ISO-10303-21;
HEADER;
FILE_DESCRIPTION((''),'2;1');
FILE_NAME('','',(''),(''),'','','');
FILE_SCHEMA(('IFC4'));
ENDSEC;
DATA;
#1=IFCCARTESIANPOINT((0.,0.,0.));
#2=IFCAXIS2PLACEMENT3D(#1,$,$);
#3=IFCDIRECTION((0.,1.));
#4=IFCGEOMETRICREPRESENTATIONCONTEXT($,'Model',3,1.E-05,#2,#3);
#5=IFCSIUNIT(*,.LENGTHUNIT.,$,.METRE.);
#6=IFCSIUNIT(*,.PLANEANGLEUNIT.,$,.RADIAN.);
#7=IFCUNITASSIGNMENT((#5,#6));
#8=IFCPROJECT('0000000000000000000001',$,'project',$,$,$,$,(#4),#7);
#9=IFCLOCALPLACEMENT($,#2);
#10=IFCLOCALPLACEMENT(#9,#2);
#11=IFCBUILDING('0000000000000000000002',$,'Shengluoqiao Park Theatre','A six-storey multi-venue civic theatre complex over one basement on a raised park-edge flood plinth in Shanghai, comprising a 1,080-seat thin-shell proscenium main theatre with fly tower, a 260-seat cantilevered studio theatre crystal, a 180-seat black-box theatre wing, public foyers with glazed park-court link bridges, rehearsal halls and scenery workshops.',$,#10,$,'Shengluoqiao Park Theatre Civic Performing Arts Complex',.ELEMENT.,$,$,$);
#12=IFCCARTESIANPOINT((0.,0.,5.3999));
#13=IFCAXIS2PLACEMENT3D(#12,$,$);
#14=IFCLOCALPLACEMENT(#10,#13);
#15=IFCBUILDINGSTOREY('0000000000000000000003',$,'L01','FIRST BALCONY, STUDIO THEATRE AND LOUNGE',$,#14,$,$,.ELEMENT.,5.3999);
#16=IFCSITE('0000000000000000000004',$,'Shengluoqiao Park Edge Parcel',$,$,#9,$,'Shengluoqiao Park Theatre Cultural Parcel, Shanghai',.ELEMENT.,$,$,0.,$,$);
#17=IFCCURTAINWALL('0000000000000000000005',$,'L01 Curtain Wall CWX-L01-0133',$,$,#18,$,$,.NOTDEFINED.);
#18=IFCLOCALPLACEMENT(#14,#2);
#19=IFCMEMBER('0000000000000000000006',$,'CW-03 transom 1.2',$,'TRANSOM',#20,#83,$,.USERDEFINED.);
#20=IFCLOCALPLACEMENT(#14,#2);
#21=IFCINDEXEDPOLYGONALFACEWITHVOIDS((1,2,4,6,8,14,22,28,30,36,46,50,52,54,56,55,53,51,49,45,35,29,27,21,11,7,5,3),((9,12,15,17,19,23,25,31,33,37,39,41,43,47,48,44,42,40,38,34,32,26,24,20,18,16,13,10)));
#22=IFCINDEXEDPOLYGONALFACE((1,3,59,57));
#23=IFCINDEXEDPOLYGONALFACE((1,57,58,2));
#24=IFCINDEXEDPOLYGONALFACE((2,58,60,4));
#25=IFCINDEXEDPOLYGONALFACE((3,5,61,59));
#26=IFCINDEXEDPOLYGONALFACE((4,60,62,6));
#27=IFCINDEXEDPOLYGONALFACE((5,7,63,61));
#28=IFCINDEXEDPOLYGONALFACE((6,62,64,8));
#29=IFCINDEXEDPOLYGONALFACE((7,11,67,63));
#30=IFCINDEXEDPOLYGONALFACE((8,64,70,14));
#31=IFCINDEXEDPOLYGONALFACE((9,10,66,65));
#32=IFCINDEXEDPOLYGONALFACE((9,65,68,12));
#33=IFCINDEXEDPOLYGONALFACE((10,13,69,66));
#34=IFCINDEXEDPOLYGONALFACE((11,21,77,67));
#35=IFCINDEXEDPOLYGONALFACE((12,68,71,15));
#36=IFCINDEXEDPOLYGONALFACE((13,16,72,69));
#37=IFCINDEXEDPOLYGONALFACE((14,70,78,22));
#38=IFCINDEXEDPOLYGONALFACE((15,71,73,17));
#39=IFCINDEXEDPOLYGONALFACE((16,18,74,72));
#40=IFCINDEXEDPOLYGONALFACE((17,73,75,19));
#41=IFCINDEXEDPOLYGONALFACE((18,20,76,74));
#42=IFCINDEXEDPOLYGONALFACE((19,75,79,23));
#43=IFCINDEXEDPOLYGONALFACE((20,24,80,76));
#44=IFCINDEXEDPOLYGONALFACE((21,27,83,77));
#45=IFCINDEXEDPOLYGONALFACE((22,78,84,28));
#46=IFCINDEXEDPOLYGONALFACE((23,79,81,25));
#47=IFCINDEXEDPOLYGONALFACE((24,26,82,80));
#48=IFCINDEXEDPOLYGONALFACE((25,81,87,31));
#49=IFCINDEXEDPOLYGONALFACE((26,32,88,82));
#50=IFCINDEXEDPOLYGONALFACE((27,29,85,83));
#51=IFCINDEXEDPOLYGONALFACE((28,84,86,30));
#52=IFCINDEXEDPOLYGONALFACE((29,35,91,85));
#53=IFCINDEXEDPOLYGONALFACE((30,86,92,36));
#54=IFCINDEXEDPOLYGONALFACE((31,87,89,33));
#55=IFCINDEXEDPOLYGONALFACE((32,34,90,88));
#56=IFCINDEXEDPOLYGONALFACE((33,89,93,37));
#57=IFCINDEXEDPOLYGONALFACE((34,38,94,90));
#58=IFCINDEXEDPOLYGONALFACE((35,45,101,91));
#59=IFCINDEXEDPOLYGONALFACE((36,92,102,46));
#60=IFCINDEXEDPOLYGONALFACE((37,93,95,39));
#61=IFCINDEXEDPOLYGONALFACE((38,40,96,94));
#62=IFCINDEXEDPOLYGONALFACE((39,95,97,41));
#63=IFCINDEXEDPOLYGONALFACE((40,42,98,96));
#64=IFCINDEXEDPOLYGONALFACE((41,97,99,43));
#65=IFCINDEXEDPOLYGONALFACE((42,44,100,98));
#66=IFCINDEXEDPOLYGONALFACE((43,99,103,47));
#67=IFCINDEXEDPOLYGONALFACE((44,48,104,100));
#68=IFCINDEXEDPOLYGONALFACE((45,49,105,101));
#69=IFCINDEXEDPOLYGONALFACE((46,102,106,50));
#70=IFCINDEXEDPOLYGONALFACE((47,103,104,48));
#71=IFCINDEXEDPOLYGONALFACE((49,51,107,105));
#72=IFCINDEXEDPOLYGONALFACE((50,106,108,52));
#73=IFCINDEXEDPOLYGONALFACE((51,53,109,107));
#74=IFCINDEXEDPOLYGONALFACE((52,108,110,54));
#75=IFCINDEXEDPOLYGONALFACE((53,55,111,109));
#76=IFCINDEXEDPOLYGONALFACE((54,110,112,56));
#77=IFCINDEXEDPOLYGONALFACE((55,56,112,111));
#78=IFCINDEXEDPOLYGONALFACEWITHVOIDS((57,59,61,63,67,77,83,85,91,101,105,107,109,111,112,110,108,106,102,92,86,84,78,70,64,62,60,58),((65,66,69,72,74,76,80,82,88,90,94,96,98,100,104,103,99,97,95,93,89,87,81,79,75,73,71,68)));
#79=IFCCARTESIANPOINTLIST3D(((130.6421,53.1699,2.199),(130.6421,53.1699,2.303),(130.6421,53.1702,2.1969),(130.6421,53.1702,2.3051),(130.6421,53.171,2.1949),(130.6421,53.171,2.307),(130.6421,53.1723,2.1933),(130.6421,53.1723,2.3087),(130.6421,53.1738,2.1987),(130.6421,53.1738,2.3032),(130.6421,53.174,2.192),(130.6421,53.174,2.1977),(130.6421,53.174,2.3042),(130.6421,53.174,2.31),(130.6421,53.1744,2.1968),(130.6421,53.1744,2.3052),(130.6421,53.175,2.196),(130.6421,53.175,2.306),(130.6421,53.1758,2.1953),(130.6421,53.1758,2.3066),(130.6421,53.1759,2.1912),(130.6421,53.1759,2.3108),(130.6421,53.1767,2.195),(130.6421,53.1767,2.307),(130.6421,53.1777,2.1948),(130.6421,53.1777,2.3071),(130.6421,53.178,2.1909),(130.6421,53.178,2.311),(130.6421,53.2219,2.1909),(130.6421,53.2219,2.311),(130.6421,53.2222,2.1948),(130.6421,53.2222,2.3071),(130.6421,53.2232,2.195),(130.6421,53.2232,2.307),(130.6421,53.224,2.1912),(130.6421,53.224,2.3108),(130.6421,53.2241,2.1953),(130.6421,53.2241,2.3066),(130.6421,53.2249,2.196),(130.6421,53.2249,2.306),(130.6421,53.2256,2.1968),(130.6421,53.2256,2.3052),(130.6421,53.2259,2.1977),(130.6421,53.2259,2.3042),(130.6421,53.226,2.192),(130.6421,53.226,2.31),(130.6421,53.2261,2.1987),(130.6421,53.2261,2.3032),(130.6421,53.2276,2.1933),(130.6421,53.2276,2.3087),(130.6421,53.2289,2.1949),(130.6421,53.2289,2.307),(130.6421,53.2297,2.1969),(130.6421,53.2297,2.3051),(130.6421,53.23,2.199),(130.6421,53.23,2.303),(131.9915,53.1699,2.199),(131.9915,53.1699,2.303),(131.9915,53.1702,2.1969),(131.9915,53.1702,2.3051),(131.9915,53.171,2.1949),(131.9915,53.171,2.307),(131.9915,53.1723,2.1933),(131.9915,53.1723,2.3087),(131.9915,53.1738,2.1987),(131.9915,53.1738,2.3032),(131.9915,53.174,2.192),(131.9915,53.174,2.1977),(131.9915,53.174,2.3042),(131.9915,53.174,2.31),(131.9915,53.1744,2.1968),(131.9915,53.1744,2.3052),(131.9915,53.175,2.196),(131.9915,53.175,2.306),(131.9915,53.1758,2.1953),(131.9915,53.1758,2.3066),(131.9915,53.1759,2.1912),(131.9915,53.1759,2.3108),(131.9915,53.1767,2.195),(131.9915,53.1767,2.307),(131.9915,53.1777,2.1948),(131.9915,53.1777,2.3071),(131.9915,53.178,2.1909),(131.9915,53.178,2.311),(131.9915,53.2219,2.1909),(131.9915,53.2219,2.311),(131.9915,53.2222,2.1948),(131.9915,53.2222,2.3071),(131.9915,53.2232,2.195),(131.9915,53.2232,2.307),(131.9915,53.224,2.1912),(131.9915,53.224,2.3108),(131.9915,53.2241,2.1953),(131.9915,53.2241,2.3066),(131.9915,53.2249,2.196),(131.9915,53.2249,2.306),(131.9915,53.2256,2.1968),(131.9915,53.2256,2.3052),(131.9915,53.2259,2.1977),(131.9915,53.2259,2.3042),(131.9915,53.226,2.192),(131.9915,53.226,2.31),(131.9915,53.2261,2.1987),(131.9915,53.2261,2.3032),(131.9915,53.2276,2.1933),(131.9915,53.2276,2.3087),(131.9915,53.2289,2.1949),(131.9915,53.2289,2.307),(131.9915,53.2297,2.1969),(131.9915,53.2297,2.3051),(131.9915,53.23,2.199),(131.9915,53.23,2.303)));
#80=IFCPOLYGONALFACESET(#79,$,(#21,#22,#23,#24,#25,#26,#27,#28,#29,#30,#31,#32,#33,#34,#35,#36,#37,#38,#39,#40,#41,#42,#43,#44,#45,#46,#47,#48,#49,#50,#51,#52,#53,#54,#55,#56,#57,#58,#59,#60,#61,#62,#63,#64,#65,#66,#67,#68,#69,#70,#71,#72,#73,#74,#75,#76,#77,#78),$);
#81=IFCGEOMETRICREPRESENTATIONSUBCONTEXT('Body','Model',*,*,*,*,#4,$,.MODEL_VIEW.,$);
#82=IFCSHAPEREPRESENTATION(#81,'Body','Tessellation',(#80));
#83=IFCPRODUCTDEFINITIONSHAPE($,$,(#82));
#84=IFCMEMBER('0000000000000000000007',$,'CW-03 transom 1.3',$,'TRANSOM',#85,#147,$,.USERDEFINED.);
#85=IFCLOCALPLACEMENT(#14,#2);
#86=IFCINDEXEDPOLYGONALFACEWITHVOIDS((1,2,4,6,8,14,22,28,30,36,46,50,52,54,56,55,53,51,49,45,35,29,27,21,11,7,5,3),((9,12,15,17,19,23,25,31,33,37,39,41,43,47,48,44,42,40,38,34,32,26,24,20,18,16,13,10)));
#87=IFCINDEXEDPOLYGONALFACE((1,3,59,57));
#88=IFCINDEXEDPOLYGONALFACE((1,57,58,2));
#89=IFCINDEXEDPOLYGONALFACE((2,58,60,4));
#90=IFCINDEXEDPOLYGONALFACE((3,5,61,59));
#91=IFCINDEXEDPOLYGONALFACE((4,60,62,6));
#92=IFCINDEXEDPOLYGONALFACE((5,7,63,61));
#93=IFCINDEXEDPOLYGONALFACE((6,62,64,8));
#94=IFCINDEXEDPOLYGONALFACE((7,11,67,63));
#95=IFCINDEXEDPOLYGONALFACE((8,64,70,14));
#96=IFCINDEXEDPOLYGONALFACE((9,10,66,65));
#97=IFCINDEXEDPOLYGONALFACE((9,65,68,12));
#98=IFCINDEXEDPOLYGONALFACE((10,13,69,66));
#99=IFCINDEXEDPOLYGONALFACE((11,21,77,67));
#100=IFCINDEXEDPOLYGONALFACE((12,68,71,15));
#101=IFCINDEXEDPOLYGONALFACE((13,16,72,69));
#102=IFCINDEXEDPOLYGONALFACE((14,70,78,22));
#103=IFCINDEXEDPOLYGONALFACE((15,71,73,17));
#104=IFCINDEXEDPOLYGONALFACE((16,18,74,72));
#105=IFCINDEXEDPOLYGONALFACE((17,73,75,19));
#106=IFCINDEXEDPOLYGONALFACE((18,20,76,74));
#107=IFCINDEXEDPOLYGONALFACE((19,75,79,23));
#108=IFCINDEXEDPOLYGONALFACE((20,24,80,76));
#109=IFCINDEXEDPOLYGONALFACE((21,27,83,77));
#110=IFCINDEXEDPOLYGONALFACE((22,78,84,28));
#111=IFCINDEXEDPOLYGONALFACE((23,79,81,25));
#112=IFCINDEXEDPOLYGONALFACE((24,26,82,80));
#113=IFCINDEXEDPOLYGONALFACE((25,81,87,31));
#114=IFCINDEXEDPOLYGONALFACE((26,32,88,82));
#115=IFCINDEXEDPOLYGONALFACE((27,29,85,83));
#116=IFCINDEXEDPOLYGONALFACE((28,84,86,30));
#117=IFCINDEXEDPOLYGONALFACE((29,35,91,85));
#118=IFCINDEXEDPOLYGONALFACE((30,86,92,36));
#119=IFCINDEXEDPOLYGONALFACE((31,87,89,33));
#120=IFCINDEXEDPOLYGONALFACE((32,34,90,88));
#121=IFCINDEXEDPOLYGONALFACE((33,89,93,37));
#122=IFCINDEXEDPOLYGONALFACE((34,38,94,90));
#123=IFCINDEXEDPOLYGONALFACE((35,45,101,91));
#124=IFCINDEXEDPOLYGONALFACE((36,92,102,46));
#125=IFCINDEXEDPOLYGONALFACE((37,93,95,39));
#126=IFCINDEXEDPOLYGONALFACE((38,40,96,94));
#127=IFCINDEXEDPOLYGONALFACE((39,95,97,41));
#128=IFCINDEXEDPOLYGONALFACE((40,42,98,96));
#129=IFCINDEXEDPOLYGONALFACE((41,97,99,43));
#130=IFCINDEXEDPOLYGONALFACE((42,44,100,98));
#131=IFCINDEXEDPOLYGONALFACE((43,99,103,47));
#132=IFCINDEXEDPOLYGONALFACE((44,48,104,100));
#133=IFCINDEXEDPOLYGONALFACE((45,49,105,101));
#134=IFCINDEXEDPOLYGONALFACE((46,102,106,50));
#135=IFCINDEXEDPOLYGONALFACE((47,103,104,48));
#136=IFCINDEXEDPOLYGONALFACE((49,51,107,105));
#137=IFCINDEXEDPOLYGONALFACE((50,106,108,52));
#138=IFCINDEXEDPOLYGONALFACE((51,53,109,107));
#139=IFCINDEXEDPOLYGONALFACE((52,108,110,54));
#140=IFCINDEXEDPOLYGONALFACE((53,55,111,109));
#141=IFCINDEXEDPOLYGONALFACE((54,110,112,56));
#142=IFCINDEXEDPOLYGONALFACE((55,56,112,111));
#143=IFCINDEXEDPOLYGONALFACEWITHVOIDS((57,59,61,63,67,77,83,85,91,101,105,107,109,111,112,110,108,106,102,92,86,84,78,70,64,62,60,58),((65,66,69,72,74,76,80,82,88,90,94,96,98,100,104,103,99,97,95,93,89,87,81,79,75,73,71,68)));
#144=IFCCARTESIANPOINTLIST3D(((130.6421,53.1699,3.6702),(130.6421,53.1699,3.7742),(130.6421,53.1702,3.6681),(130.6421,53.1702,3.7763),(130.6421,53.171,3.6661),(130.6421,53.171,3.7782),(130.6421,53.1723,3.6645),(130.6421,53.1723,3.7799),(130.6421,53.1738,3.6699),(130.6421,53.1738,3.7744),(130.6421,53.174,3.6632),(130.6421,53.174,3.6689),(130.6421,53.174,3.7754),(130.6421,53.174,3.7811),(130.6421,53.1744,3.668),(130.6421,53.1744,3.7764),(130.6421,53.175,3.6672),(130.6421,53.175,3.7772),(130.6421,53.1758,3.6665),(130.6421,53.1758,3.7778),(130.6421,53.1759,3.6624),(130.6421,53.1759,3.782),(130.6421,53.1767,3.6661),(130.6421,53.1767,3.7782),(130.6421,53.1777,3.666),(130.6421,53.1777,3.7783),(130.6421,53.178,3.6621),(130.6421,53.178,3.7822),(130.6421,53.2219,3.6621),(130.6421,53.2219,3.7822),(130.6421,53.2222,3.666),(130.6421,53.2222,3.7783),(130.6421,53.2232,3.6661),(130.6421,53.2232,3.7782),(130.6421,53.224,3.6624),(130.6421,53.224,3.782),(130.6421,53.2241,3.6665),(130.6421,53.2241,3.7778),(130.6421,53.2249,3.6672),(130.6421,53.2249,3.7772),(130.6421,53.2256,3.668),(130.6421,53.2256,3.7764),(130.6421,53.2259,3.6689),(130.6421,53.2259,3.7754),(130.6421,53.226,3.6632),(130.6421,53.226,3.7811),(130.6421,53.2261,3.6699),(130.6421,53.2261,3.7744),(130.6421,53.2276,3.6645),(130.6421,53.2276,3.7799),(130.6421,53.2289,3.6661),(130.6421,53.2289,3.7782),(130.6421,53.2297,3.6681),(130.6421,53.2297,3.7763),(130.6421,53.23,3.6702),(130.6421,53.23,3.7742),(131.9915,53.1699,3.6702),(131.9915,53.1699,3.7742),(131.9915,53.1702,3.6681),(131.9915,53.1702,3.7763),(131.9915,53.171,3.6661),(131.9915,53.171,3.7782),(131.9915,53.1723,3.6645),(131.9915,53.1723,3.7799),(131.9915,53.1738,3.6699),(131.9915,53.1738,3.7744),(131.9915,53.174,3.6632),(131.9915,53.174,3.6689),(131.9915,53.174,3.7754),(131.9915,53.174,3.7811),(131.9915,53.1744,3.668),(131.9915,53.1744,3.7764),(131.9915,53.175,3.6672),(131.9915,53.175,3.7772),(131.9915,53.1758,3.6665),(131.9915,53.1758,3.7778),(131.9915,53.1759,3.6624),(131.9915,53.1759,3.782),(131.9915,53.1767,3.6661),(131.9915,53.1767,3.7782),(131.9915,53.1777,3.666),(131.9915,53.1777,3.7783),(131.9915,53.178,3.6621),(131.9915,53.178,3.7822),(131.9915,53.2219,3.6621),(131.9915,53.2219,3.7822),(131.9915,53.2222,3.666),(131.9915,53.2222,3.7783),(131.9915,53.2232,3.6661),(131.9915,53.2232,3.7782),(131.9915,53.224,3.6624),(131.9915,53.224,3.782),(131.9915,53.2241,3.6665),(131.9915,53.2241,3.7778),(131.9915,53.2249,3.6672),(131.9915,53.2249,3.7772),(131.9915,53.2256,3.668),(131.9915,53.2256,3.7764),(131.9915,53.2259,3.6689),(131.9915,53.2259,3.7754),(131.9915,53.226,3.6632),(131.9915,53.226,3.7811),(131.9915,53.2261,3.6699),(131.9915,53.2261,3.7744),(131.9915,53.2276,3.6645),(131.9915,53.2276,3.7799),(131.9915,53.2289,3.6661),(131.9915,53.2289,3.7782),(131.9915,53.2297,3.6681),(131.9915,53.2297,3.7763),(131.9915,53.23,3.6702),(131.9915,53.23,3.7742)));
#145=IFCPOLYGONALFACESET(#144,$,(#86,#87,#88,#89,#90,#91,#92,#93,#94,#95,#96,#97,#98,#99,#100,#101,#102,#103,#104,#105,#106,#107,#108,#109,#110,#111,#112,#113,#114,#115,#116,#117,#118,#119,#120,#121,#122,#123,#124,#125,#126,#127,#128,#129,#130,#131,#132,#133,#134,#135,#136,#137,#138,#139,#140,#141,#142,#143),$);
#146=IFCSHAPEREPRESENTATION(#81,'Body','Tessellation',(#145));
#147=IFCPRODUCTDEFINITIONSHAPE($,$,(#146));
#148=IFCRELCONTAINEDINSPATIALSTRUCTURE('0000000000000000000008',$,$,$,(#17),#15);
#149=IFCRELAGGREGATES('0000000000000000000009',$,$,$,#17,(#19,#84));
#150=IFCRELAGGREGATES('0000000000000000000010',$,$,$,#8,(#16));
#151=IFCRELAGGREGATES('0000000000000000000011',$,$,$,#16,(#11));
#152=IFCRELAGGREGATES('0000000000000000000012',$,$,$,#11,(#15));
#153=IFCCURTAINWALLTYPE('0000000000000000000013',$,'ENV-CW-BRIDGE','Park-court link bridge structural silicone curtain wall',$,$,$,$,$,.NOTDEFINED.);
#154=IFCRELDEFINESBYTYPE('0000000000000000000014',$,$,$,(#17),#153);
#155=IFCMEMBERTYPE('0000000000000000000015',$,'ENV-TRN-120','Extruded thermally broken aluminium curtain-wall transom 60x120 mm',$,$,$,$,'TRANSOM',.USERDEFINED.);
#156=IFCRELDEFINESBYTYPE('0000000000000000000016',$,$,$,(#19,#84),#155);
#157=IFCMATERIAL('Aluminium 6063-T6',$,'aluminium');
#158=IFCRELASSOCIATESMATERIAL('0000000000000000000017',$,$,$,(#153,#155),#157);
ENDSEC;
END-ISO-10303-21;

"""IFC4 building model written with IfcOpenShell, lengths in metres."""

from ifc_helpers import new_model, si_unit, direction, frame, origin, origin_2d, place, context, subcontext, project, spatial, hollow_rectangle, extrude, material, material_profile, profile_set, type_object, element, aggregate, save


model = new_model("IFC4")

# Units and contexts
model_context = context("Model", 3, precision=1e-05, world=origin(), true_north=direction((0.0, 1.0)))
body_context = subcontext(model_context, "Body", "Model", "MODEL_VIEW")
ifc_project = project(units=[si_unit("LENGTHUNIT", "METRE"), si_unit("PLANEANGLEUNIT", "RADIAN")], contexts=[model_context])

# Site, building, storey
site_placement = place(None, origin())
site = spatial("IfcSite", under=ifc_project, at=site_placement, Name="Shengluoqiao Park Edge Parcel", LongName="Shengluoqiao Park Theatre Cultural Parcel, Shanghai", CompositionType="ELEMENT", RefElevation=0.0)
building_placement = place(site_placement, origin())
building = spatial("IfcBuilding", under=site, at=building_placement, Name="Shengluoqiao Park Theatre", Description="A six-storey multi-venue civic theatre complex over one basement on a raised park-edge flood plinth in Shanghai, comprising a 1,080-seat thin-shell proscenium main theatre with fly tower, a 260-seat cantilevered studio theatre crystal, a 180-seat black-box theatre wing, public foyers with glazed park-court link bridges, rehearsal halls and scenery workshops.", LongName="Shengluoqiao Park Theatre Civic Performing Arts Complex", CompositionType="ELEMENT")
storey_placement = place(building_placement, frame((0.0, 0.0, 5.3999)))
storey = spatial("IfcBuildingStorey", under=building, at=storey_placement, Name="L01", Description="FIRST BALCONY, STUDIO THEATRE AND LOUNGE", CompositionType="ELEMENT", Elevation=5.3999)

# Shared definitions
ifc_material_1 = material(Name="Aluminium 6063-T6", Category="aluminium")
curtain_wall_type = type_object("IfcCurtainWallType", Name="ENV-CW-BRIDGE", Description="Park-court link bridge structural silicone curtain wall", PredefinedType="NOTDEFINED", material=ifc_material_1)

# Curtain wall, members
curtain_wall_1_placement = place(storey_placement, origin())
curtain_wall_1 = element("IfcCurtainWall", 1, at=curtain_wall_1_placement, inside=storey, type_object=curtain_wall_type, Name="L01 Curtain Wall CWX-L01-0133", PredefinedType="NOTDEFINED")
ifc_material_profile_1 = material_profile(ifc_material_1, hollow_rectangle(XDim=0.0601, YDim=0.1201, WallThickness=0.0039, InnerFilletRadius=0.0039, OuterFilletRadius=0.0081, at=origin_2d()), Name="ALU TRANSOM 120x60x4")
ifc_profile_set_1 = profile_set([ifc_material_profile_1], Name="Aluminium 6063-T6")
member_type_1 = type_object("IfcMemberType", Name="ENV-TRN-120", Description="Extruded thermally broken aluminium curtain-wall transom 60x120 mm", ElementType="TRANSOM", PredefinedType="USERDEFINED", material=ifc_profile_set_1)
member_1_placement = place(storey_placement, frame((130.6421, 53.2, 2.251), z_axis=(1.0, 0.0, 0.0), x_axis=(0.0, 1.0, 0.0)))
member_1 = element("IfcMember", 2, at=member_1_placement, type_object=member_type_1, Name="CW-03 transom 1.2", ObjectType="TRANSOM", PredefinedType="USERDEFINED", context=body_context, shape_type="SweptSolid", body=[
    extrude(hollow_rectangle(XDim=0.0601, YDim=0.1201, WallThickness=0.0039, InnerFilletRadius=0.0039, OuterFilletRadius=0.0081, at=origin_2d()), origin(), (0.0, 0.0, 1.0), 1.3494),
])
member_2_placement = place(storey_placement, frame((130.6421, 53.2, 3.7222), z_axis=(1.0, 0.0, 0.0), x_axis=(0.0, 1.0, 0.0)))
member_2 = element("IfcMember", 3, at=member_2_placement, type_object=member_type_1, Name="CW-03 transom 1.3", ObjectType="TRANSOM", PredefinedType="USERDEFINED", context=body_context, shape_type="SweptSolid", body=[
    extrude(hollow_rectangle(XDim=0.0601, YDim=0.1201, WallThickness=0.0039, InnerFilletRadius=0.0039, OuterFilletRadius=0.0081, at=origin_2d()), origin(), (0.0, 0.0, 1.0), 1.3494),
])

aggregate(curtain_wall_1, [member_1, member_2])

save(model, "model.ifc")
